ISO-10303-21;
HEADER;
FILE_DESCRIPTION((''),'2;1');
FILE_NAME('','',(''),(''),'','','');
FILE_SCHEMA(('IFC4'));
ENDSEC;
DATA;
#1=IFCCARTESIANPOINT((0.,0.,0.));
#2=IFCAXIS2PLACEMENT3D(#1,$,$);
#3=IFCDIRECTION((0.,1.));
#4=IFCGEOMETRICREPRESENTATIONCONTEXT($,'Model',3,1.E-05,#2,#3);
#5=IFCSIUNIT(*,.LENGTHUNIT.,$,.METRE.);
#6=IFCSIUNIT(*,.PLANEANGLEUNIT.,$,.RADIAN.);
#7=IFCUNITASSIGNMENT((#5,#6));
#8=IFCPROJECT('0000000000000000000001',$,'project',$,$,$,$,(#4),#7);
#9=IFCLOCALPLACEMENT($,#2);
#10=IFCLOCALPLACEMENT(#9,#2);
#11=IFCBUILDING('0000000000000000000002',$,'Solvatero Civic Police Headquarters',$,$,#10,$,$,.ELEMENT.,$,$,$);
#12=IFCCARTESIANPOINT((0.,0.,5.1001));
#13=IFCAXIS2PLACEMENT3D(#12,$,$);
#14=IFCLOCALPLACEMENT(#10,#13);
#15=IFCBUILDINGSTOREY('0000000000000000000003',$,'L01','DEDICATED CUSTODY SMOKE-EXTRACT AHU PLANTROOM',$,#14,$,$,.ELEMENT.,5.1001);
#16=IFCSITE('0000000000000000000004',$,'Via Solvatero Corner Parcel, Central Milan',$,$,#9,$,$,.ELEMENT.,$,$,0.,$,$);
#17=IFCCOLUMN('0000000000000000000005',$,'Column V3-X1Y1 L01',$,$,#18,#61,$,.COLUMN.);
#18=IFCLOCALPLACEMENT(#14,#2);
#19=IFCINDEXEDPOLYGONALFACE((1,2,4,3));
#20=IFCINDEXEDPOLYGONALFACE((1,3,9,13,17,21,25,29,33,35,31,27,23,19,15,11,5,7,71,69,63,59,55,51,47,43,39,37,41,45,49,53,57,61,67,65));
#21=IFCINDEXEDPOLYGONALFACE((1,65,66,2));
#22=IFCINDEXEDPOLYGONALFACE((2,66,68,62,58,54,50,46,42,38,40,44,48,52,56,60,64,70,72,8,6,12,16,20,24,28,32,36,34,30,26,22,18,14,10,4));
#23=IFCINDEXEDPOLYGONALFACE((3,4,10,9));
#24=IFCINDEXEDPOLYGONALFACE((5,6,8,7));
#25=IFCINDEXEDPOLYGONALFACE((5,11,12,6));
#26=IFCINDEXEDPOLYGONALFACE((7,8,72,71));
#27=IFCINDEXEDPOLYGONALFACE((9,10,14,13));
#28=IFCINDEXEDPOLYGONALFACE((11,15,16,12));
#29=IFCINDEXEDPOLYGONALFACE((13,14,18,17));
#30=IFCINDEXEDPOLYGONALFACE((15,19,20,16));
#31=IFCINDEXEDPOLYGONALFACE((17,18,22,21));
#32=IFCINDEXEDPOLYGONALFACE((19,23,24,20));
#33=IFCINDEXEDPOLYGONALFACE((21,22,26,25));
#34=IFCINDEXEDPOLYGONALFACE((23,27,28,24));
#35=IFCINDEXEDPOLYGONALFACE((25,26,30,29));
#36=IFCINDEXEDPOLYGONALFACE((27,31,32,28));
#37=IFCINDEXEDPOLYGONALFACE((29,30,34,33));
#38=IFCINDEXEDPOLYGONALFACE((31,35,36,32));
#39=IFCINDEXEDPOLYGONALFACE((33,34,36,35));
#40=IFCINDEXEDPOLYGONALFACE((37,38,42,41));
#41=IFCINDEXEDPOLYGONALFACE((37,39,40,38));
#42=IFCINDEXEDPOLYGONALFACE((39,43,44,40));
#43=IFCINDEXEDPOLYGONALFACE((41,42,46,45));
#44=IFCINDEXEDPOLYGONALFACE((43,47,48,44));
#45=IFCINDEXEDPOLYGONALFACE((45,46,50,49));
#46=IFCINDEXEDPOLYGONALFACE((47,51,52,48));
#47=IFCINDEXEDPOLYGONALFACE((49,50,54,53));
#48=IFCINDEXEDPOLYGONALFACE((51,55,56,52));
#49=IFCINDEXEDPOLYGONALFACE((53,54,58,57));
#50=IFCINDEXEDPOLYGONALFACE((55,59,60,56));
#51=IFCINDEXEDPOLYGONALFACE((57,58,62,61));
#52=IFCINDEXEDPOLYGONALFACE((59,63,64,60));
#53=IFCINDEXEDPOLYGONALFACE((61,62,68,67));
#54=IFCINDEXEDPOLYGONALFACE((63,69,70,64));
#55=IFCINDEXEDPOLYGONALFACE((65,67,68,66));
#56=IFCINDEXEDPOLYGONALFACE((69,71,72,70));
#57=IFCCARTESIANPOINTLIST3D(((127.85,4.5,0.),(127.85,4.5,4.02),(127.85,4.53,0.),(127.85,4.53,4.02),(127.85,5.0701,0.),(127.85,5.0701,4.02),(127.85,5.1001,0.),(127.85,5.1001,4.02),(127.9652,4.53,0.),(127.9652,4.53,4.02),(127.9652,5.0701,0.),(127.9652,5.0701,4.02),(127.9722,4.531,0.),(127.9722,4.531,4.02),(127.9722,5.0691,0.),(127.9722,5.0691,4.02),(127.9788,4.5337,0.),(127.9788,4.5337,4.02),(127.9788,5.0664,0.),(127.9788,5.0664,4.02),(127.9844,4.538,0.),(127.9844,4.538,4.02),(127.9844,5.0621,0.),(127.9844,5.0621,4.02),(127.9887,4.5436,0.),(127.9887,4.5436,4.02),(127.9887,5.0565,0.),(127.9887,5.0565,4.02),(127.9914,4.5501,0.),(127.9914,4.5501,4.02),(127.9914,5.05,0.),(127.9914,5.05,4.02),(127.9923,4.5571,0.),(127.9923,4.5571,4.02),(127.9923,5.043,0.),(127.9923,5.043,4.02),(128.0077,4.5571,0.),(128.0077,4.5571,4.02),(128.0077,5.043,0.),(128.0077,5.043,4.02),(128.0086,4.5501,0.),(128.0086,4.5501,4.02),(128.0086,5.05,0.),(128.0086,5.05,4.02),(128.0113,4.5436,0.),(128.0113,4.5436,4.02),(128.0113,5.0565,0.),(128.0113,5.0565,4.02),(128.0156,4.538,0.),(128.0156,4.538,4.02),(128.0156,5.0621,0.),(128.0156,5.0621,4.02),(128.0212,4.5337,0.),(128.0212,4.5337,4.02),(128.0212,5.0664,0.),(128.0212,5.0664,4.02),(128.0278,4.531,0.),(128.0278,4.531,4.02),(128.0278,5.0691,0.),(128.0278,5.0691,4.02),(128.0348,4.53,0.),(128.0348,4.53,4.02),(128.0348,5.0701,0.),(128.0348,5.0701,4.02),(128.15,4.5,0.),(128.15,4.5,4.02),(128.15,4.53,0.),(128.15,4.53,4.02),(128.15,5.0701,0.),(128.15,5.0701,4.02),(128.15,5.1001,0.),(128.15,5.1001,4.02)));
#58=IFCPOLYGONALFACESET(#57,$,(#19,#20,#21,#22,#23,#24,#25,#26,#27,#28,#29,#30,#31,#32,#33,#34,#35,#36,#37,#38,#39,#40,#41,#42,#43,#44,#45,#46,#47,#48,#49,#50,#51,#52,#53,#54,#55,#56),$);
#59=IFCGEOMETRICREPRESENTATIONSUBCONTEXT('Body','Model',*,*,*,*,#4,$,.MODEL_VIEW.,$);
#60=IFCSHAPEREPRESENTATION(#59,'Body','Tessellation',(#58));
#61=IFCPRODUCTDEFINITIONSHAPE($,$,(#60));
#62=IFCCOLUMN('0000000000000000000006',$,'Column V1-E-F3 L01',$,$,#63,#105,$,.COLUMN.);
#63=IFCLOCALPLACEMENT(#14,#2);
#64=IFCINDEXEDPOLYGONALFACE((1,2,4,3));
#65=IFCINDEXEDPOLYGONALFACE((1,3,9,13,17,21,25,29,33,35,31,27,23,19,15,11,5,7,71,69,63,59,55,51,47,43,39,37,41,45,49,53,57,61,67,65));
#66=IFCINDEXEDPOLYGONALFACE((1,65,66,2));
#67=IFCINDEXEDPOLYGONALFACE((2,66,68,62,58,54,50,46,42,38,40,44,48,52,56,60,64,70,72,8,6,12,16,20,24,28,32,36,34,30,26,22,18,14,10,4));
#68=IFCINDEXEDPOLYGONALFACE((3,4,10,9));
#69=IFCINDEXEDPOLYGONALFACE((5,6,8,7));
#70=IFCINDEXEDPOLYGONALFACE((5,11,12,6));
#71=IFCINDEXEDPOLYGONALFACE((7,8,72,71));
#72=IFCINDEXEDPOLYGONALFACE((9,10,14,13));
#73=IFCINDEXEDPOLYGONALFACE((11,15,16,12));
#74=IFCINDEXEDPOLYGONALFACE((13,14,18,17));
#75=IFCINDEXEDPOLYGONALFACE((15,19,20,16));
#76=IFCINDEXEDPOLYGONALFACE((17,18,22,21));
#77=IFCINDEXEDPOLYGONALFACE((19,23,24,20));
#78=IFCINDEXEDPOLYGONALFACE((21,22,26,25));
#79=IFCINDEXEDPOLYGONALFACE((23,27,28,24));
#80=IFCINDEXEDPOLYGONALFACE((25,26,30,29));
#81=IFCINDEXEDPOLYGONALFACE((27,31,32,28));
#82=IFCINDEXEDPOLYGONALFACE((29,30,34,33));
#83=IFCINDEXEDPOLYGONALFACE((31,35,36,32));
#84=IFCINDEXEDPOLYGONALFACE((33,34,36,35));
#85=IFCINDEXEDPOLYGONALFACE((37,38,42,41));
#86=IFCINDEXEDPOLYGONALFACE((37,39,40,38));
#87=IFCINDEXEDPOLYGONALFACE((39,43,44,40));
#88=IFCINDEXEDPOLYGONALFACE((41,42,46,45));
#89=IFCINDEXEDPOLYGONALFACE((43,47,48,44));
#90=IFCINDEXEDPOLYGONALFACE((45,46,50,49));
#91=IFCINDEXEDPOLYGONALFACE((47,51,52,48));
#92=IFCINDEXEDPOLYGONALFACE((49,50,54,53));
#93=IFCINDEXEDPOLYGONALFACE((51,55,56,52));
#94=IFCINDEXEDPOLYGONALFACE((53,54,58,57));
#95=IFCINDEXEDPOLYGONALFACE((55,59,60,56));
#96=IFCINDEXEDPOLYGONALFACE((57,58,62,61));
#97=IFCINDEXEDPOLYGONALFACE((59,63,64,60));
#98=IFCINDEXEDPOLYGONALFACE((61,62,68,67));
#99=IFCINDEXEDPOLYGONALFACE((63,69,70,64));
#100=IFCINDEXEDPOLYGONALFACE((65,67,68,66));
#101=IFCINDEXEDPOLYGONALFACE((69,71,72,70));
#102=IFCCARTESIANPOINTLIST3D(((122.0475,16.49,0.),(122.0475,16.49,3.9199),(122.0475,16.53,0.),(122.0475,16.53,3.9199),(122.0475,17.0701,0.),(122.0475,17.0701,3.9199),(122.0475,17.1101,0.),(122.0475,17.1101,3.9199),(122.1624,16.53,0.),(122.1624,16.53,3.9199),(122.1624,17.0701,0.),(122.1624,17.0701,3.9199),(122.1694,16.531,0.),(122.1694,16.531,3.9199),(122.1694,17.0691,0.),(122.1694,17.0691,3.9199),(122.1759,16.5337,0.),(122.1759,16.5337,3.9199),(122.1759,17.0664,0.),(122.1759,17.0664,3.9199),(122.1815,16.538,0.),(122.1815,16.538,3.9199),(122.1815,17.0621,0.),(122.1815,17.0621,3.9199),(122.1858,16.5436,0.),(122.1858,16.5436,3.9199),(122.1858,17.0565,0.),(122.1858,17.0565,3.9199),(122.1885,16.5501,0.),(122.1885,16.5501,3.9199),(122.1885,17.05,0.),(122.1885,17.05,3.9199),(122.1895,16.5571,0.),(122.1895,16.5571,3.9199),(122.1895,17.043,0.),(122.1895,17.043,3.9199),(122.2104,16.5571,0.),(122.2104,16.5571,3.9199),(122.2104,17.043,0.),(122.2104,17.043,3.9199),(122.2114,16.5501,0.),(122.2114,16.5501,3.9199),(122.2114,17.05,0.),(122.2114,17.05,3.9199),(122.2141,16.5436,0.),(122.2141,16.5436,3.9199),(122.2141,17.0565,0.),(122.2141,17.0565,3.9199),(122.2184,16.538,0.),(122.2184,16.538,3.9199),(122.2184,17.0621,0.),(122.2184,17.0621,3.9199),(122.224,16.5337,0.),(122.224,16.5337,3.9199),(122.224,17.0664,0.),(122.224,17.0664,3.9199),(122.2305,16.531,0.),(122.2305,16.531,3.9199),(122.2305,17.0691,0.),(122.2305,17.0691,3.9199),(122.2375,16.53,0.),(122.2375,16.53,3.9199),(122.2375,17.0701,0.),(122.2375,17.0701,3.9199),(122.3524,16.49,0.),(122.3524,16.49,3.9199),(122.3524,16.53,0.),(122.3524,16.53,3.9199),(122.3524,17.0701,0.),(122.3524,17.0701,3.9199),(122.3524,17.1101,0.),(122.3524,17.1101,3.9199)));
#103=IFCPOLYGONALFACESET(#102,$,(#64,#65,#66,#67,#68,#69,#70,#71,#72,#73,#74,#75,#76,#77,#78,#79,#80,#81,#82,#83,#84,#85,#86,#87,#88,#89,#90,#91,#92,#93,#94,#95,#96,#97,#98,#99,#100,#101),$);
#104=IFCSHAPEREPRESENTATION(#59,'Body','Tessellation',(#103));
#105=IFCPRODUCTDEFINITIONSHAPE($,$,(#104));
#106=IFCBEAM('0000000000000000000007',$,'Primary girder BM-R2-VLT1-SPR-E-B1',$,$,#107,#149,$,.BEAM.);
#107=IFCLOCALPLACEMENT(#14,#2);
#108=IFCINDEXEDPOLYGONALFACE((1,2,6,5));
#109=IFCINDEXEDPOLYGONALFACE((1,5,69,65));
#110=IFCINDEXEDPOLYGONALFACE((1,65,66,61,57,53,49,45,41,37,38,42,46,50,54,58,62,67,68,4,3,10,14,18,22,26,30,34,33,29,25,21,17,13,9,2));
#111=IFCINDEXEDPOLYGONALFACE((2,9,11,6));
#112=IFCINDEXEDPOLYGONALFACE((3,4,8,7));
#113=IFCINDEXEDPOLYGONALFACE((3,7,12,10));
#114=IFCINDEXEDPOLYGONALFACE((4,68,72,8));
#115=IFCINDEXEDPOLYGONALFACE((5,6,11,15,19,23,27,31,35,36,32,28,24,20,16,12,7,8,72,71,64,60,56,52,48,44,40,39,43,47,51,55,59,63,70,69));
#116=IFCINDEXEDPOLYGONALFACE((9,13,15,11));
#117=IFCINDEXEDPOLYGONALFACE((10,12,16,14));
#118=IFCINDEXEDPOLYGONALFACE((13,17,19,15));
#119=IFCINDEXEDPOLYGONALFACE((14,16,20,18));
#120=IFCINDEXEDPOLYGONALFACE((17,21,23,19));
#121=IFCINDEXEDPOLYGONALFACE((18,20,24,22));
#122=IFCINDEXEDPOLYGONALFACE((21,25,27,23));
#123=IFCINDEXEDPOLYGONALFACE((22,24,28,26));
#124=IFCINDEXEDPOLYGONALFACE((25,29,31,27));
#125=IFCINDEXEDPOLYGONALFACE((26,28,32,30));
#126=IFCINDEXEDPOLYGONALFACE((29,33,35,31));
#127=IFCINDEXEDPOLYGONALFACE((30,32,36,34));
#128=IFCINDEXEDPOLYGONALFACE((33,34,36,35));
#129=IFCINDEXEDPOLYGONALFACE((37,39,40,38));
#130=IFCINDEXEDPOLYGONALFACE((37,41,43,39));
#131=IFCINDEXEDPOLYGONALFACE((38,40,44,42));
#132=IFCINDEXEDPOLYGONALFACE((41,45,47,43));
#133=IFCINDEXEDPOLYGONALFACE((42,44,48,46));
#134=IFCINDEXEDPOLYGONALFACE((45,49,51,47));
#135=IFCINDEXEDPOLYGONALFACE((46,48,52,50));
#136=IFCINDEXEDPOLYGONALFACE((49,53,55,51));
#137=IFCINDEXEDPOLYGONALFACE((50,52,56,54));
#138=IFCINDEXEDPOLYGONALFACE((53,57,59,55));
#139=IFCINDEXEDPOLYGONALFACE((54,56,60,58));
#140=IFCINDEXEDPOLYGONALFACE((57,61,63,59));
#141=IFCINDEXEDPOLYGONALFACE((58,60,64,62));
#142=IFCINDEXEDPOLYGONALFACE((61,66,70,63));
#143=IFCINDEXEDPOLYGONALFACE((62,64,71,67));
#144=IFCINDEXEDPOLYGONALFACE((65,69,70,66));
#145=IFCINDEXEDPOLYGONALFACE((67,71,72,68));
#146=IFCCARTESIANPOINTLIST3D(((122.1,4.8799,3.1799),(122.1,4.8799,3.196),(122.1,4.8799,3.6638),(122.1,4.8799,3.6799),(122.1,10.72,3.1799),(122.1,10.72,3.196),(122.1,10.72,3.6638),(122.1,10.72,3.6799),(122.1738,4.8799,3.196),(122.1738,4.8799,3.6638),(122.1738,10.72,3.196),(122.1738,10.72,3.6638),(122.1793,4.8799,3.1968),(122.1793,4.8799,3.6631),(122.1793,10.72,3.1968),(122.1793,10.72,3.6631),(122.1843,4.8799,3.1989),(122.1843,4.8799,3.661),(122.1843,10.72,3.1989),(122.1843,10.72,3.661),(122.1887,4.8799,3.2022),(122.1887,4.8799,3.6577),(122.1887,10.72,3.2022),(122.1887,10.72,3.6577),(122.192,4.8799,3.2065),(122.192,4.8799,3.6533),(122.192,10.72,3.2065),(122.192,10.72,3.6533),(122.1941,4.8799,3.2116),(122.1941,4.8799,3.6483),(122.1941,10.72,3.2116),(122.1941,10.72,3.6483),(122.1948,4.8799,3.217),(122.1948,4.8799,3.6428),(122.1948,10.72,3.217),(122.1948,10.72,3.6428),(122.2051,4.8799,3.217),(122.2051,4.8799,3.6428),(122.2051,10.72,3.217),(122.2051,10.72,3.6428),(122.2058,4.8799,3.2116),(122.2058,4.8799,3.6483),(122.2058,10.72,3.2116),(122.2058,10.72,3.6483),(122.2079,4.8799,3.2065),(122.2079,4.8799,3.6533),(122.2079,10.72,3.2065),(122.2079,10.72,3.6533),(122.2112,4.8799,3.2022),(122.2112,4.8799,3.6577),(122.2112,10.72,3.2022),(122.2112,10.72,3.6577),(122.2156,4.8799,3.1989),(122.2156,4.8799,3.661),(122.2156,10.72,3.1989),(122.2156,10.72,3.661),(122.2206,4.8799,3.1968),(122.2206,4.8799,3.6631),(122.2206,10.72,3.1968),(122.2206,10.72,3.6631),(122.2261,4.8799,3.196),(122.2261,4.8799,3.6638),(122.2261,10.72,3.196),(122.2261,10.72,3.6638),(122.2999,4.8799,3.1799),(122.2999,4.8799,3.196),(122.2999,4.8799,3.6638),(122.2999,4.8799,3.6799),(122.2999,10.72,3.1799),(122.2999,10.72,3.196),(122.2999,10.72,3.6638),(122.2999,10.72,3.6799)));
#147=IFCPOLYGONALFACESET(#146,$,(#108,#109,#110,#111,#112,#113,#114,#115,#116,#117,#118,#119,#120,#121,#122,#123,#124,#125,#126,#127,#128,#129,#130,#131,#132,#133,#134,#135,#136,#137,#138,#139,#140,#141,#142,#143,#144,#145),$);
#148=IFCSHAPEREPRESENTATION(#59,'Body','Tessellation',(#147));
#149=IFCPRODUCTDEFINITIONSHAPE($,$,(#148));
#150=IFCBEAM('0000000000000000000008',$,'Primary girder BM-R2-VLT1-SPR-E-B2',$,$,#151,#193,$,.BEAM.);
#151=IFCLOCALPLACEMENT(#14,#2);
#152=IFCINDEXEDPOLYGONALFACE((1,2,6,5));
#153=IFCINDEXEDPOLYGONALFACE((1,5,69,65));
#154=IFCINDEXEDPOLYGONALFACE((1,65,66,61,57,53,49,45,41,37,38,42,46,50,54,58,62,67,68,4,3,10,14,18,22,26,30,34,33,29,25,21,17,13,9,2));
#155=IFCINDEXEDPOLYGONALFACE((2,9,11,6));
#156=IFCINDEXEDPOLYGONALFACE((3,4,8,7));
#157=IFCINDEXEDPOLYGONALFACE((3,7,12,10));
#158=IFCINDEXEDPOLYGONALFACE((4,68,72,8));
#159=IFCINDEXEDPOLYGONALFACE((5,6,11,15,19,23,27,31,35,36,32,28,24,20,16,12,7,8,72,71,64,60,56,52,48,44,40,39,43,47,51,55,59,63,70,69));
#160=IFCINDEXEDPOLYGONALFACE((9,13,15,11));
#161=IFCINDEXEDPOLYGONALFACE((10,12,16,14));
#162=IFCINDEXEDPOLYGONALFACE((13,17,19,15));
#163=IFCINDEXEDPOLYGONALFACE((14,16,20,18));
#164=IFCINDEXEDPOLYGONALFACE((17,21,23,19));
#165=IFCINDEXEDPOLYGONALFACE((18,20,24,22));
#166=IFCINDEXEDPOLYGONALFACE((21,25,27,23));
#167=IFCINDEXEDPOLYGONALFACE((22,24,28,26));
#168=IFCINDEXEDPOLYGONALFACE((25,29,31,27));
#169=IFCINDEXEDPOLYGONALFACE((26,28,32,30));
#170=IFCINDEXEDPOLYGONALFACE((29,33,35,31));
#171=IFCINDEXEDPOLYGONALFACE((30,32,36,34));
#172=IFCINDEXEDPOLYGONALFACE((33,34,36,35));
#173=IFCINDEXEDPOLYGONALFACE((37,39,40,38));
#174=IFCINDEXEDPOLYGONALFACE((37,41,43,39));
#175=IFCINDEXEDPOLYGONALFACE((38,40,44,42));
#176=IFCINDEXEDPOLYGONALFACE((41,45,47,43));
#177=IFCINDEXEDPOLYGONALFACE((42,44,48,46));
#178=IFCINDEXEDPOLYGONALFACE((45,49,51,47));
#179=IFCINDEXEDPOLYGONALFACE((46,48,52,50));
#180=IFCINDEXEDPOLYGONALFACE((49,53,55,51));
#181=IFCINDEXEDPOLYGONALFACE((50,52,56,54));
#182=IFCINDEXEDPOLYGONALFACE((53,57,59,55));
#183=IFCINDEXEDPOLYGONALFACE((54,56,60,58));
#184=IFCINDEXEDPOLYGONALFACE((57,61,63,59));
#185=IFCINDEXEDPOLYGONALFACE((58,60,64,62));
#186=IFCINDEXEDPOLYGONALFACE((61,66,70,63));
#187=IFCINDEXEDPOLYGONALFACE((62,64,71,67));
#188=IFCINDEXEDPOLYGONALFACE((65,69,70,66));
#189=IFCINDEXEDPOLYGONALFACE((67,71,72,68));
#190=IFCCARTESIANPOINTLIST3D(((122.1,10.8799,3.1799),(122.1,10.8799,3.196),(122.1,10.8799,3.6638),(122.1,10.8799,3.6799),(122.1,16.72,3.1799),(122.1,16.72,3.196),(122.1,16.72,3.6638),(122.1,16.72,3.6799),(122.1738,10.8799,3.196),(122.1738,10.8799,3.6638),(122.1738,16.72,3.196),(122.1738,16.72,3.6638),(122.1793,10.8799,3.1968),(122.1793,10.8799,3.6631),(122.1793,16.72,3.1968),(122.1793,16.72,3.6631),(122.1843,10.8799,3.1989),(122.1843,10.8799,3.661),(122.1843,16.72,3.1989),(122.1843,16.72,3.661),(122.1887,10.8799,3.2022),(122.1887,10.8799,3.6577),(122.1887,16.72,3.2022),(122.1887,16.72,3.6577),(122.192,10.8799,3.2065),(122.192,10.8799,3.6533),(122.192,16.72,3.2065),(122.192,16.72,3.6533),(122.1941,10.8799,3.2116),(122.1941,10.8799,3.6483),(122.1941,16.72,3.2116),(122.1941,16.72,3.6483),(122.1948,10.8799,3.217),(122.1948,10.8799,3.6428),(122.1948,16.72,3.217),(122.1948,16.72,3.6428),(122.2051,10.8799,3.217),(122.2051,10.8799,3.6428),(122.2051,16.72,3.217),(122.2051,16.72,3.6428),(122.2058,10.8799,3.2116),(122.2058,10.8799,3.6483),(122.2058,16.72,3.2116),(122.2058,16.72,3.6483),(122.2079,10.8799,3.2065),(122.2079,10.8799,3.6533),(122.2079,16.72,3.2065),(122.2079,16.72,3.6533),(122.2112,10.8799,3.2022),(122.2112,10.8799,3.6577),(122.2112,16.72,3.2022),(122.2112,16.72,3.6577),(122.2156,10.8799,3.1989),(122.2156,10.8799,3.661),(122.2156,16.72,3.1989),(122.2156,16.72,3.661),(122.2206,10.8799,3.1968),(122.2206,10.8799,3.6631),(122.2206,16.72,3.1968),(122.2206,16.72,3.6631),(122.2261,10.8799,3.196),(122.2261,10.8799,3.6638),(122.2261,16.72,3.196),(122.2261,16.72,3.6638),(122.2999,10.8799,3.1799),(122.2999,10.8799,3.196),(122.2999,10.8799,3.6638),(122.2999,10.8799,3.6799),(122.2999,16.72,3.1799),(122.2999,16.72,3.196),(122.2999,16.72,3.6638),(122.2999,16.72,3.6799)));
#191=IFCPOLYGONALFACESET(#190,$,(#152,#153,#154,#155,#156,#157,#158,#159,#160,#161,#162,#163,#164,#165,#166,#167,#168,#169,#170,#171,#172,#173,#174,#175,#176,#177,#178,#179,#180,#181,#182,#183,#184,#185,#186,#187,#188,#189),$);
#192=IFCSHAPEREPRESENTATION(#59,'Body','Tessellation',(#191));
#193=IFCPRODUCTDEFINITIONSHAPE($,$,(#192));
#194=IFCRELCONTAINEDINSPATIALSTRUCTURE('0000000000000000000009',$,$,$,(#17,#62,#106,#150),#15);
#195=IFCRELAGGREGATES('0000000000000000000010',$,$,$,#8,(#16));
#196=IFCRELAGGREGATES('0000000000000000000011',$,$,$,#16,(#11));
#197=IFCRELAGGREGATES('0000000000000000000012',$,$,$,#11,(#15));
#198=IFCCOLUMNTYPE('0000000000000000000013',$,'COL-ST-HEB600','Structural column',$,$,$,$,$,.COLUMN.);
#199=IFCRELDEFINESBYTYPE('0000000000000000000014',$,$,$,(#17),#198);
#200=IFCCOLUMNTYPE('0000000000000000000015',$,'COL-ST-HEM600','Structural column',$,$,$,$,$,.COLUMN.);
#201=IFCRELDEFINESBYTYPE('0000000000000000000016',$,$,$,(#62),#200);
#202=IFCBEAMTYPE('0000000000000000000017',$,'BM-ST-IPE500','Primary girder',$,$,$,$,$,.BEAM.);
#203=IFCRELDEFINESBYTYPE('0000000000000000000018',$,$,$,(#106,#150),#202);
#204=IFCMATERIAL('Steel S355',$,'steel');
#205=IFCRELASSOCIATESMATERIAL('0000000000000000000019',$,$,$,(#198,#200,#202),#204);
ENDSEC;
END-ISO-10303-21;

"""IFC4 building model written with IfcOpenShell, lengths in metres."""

from ifc_helpers import new_model, si_unit, direction, frame, origin, origin_2d, place, context, subcontext, project, spatial, i_section, extrude, material, material_profile, profile_set, type_object, element, save


model = new_model("IFC4")

# Units and contexts
model_context = context("Model", 3, precision=1e-05, world=origin(), true_north=direction((0.0, 1.0)))
body_context = subcontext(model_context, "Body", "Model", "MODEL_VIEW")
ifc_project = project(units=[si_unit("LENGTHUNIT", "METRE"), si_unit("PLANEANGLEUNIT", "RADIAN")], contexts=[model_context])

# Site, building, storey
site_placement = place(None, origin())
site = spatial("IfcSite", under=ifc_project, at=site_placement, Name="Via Solvatero Corner Parcel, Central Milan", CompositionType="ELEMENT", RefElevation=0.0)
building_placement = place(site_placement, origin())
building = spatial("IfcBuilding", under=site, at=building_placement, Name="Solvatero Civic Police Headquarters", CompositionType="ELEMENT")
storey_placement = place(building_placement, frame((0.0, 0.0, 5.1001)))
storey = spatial("IfcBuildingStorey", under=building, at=storey_placement, Name="L01", Description="DEDICATED CUSTODY SMOKE-EXTRACT AHU PLANTROOM", CompositionType="ELEMENT", Elevation=5.1001)

# Columns
ifc_material_1 = material(Name="Steel S355", Category="steel")
ifc_material_profile_1 = material_profile(ifc_material_1, i_section(OverallWidth=0.3, OverallDepth=0.6001, WebThickness=0.0154, FlangeThickness=0.03, FilletRadius=0.0271, at=origin_2d()), Name="HEB 600")
ifc_profile_set_1 = profile_set([ifc_material_profile_1], Name="Steel S355")
column_type_1 = type_object("IfcColumnType", Name="COL-ST-HEB600", Description="Structural column", PredefinedType="COLUMN", material=ifc_profile_set_1)
column_1_placement = place(storey_placement, frame((128.0, 4.8, 0.0), z_axis=(0.0, 0.0, 1.0), x_axis=(1.0, 0.0, 0.0)))
element("IfcColumn", 1, at=column_1_placement, inside=storey, type_object=column_type_1, Name="Column V3-X1Y1 L01", PredefinedType="COLUMN", context=body_context, shape_type="SweptSolid", body=[
    extrude(i_section(OverallWidth=0.3, OverallDepth=0.6001, WebThickness=0.0154, FlangeThickness=0.03, FilletRadius=0.0271, at=origin_2d()), origin(), (0.0, 0.0, 1.0), 4.02),
])
ifc_material_profile_2 = material_profile(ifc_material_1, i_section(OverallWidth=0.3049, OverallDepth=0.6201, WebThickness=0.021, FlangeThickness=0.04, FilletRadius=0.0271, at=origin_2d()), Name="HEM 600")
ifc_profile_set_2 = profile_set([ifc_material_profile_2], Name="Steel S355")
column_type_2 = type_object("IfcColumnType", Name="COL-ST-HEM600", Description="Structural column", PredefinedType="COLUMN", material=ifc_profile_set_2)
column_2_placement = place(storey_placement, frame((122.2, 16.8, 0.0), z_axis=(0.0, 0.0, 1.0), x_axis=(1.0, 0.0, 0.0)))
element("IfcColumn", 2, at=column_2_placement, inside=storey, type_object=column_type_2, Name="Column V1-E-F3 L01", PredefinedType="COLUMN", context=body_context, shape_type="SweptSolid", body=[
    extrude(i_section(OverallWidth=0.3049, OverallDepth=0.6201, WebThickness=0.021, FlangeThickness=0.04, FilletRadius=0.0271, at=origin_2d()), origin(), (0.0, 0.0, 1.0), 3.9199),
])

# Beams
ifc_material_profile_3 = material_profile(ifc_material_1, i_section(OverallWidth=0.2, OverallDepth=0.5, WebThickness=0.0103, FlangeThickness=0.0161, FilletRadius=0.021, at=origin_2d()), Name="IPE 500")
ifc_profile_set_3 = profile_set([ifc_material_profile_3], Name="Steel S355")
beam_type = type_object("IfcBeamType", Name="BM-ST-IPE500", Description="Primary girder", PredefinedType="BEAM", material=ifc_profile_set_3)
for number, where, z_axis, x_axis, name in (
    (3, (122.2, 4.8799, 3.4299), (0.0, 1.0, 0.0), (-1.0, 0.0, 0.0), "Primary girder BM-R2-VLT1-SPR-E-B1"),
    (4, (122.2, 10.8799, 3.4299), (0.0, 1.0, 0.0), (-1.0, 0.0, 0.0), "Primary girder BM-R2-VLT1-SPR-E-B2"),
):
    element("IfcBeam", number, at=place(storey_placement, frame(where, z_axis=z_axis, x_axis=x_axis)), inside=storey, type_object=beam_type, Name=name, PredefinedType="BEAM", context=body_context, shape_type="SweptSolid", body=[
        extrude(i_section(OverallWidth=0.2, OverallDepth=0.5, WebThickness=0.0103, FlangeThickness=0.0161, FilletRadius=0.021, at=origin_2d()), origin(), (0.0, 0.0, 1.0), 5.8401),
    ])

save(model, "model.ifc")
